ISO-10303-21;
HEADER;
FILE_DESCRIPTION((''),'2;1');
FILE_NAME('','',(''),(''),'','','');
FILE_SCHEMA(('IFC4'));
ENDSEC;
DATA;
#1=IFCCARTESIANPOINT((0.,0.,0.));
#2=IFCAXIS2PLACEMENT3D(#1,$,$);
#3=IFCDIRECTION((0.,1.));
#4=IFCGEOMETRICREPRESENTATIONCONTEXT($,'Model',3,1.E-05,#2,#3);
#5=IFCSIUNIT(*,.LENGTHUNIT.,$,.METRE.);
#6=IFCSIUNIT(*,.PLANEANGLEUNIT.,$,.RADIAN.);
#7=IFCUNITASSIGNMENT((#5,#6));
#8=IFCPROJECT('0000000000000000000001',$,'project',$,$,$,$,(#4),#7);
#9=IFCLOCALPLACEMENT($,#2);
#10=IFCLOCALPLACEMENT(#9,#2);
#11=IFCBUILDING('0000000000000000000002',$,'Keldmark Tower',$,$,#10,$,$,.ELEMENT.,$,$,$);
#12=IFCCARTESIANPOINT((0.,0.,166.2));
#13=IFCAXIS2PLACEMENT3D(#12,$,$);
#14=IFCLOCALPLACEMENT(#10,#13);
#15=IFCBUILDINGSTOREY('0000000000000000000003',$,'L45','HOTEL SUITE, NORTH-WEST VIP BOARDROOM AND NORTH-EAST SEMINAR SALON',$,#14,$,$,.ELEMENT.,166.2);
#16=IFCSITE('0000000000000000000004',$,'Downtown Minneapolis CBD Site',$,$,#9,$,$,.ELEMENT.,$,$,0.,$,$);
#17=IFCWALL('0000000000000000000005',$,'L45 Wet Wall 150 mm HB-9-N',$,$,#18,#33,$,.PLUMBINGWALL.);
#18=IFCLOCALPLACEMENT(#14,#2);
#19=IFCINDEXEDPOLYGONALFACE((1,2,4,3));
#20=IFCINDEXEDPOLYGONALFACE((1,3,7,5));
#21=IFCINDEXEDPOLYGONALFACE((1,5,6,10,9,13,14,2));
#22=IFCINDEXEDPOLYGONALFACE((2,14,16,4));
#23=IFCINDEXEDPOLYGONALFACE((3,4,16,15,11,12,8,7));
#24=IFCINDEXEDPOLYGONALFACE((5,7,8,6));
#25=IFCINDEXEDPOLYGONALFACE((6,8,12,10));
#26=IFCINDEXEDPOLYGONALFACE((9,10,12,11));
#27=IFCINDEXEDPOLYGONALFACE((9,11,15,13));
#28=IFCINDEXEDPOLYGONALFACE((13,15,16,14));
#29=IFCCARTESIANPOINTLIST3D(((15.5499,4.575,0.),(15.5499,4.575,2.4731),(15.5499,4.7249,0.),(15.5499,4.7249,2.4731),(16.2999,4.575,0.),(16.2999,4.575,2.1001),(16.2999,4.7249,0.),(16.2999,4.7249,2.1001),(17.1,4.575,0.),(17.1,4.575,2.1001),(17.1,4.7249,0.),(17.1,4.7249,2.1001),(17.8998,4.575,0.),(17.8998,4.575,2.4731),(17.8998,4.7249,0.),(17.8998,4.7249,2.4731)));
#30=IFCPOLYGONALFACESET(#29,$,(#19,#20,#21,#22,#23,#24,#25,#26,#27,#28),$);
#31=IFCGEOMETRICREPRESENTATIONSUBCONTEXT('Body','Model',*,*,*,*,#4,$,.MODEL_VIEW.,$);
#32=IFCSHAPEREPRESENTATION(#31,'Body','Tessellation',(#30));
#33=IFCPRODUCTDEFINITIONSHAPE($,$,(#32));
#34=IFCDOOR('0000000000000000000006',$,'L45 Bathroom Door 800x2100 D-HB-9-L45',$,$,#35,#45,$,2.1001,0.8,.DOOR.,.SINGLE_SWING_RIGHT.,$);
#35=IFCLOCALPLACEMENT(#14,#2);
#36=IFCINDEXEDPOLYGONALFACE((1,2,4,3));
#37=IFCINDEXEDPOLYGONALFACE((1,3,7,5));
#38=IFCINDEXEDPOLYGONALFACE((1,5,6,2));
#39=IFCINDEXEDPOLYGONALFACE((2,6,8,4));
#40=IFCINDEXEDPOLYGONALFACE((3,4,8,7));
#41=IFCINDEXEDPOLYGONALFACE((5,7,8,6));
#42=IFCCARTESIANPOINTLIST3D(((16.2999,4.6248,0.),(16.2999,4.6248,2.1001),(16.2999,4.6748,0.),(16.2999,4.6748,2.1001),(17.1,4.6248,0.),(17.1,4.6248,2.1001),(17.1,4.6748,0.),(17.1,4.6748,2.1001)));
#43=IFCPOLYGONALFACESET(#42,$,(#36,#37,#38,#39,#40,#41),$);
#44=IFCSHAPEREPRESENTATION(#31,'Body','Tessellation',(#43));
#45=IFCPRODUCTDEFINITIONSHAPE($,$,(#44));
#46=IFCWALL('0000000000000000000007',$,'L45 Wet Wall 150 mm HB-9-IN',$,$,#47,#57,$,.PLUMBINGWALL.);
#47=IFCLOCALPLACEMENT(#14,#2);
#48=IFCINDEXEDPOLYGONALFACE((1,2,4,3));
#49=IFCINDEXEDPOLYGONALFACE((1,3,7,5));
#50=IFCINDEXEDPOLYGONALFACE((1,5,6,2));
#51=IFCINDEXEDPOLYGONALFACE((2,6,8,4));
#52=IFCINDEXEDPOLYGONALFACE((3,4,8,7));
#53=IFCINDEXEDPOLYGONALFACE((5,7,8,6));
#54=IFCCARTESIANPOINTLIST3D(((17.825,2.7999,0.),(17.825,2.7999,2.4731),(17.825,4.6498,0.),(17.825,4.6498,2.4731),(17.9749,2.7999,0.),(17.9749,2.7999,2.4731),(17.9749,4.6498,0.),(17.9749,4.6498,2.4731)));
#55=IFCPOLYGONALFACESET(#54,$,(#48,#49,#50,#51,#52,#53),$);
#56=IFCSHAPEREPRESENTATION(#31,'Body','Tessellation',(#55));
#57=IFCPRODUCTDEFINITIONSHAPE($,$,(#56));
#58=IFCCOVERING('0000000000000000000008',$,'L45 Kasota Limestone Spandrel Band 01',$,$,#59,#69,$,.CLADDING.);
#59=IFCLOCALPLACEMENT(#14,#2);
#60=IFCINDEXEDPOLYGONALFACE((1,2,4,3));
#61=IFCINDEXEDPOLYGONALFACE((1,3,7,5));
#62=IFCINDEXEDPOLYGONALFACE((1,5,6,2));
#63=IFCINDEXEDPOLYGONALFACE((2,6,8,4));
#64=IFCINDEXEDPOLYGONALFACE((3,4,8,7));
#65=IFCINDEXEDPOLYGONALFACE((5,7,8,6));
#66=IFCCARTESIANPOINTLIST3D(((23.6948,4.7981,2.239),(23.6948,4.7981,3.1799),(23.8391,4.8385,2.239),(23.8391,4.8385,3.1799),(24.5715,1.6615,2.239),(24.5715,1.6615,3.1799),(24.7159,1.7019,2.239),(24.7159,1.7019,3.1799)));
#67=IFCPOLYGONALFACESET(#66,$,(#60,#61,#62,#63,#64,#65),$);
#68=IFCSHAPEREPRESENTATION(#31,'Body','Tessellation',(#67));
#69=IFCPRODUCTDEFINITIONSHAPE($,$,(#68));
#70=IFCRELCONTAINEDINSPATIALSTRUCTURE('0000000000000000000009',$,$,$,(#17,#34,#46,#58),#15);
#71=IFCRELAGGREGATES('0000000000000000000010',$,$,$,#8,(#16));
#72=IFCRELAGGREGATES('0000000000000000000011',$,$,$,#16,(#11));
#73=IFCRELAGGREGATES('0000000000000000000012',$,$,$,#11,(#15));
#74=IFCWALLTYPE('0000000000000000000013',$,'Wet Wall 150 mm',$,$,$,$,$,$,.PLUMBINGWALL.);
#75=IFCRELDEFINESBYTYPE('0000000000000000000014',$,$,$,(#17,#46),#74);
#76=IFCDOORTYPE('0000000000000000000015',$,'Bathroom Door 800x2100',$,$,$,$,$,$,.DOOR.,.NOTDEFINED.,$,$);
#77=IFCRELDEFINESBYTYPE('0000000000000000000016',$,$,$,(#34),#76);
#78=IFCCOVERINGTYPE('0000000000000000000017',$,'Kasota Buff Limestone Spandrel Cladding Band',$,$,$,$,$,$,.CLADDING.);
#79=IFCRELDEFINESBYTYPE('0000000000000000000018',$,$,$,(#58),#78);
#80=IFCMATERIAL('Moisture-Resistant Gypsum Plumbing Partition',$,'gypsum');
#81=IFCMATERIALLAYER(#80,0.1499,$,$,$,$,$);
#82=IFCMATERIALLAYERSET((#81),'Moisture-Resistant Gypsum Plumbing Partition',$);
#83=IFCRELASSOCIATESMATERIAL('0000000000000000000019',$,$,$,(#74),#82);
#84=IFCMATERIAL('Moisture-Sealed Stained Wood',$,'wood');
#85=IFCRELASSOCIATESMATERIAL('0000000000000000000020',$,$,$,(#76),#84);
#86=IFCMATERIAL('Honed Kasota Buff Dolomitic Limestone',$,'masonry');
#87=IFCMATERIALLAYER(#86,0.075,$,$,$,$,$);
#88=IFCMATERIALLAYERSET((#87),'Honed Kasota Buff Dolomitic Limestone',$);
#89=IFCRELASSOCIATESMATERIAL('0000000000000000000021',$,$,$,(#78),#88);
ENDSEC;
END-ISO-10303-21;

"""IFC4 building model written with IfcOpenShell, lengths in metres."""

from ifc_helpers import new_model, si_unit, direction, frame, frame_2d, origin, origin_2d, place, context, subcontext, project, spatial, rectangle, extrude, material, layer, layer_set, type_object, element, fill, save


model = new_model("IFC4")

# Units and contexts
model_context = context("Model", 3, precision=1e-05, world=origin(), true_north=direction((0.0, 1.0)))
body_context = subcontext(model_context, "Body", "Model", "MODEL_VIEW")
ifc_project = project(units=[si_unit("LENGTHUNIT", "METRE"), si_unit("PLANEANGLEUNIT", "RADIAN")], contexts=[model_context])

# Site, building, storey
site_placement = place(None, origin())
site = spatial("IfcSite", under=ifc_project, at=site_placement, Name="Downtown Minneapolis CBD Site", CompositionType="ELEMENT", RefElevation=0.0)
building_placement = place(site_placement, origin())
building = spatial("IfcBuilding", under=site, at=building_placement, Name="Keldmark Tower", CompositionType="ELEMENT")
storey_placement = place(building_placement, frame((0.0, 0.0, 166.2)))
storey = spatial("IfcBuildingStorey", under=building, at=storey_placement, Name="L45", Description="HOTEL SUITE, NORTH-WEST VIP BOARDROOM AND NORTH-EAST SEMINAR SALON", CompositionType="ELEMENT", Elevation=166.2)

# Shared definitions
ifc_material_1 = material(Name="Moisture-Resistant Gypsum Plumbing Partition", Category="gypsum")
ifc_layer_1 = layer(ifc_material_1, 0.1499)
ifc_layer_set_1 = layer_set([ifc_layer_1], Name="Moisture-Resistant Gypsum Plumbing Partition")
wall_type_1 = type_object("IfcWallType", Name="Wet Wall 150 mm", PredefinedType="PLUMBINGWALL", material=ifc_layer_set_1)

# Wall, opening, door
wall_1_placement = place(storey_placement, frame((15.55, 4.6499, 0.0), z_axis=(0.0, 0.0, 1.0), x_axis=(1.0, 0.0, 0.0)))
wall_1 = element("IfcWall", 1, at=wall_1_placement, inside=storey, type_object=wall_type_1, Name="L45 Wet Wall 150 mm HB-9-N", PredefinedType="PLUMBINGWALL", context=body_context, shape_type="SweptSolid", body=[
    extrude(rectangle(XDim=2.3499, YDim=0.1499, at=frame_2d((1.1748, 0.0))), origin(), (0.0, 0.0, 1.0), 2.4731),
])
opening_1_placement = place(wall_1_placement, frame((0.75, 0.0, 0.0)))
opening_1 = element("IfcOpeningElement", 2, at=opening_1_placement, cuts=wall_1, PredefinedType="OPENING", context=body_context, shape_type="SweptSolid", body=[
    extrude(rectangle(XDim=0.8, YDim=2.1001, at=frame_2d((0.3999, 1.05))), frame((0.0, 0.085, 0.0), z_axis=(0.0, -1.0, 0.0), x_axis=(1.0, 0.0, 0.0)), (0.0, 0.0, 1.0), 0.1699),
])
ifc_material_2 = material(Name="Moisture-Sealed Stained Wood", Category="wood")
door_type_1 = type_object("IfcDoorType", Name="Bathroom Door 800x2100", OperationType="NOTDEFINED", PredefinedType="DOOR", material=ifc_material_2)
door_1_placement = place(opening_1_placement, origin())
door_1 = element("IfcDoor", 3, at=door_1_placement, inside=storey, type_object=door_type_1, Name="L45 Bathroom Door 800x2100 D-HB-9-L45", OperationType="SINGLE_SWING_RIGHT", OverallHeight=2.1001, OverallWidth=0.8, PredefinedType="DOOR", context=body_context, shape_type="SweptSolid", body=[
    extrude(rectangle(XDim=0.8, YDim=2.1001, at=frame_2d((0.3999, 1.05))), frame((0.0, 0.0249, 0.0), z_axis=(0.0, -1.0, 0.0), x_axis=(1.0, 0.0, 0.0)), (0.0, 0.0, 1.0), 0.05),
])
fill(opening_1, door_1)

# Wall
wall_2_placement = place(storey_placement, frame((17.8999, 2.8, 0.0), z_axis=(0.0, 0.0, 1.0), x_axis=(0.0, 1.0, 0.0)))
element("IfcWall", 4, at=wall_2_placement, inside=storey, type_object=wall_type_1, Name="L45 Wet Wall 150 mm HB-9-IN", PredefinedType="PLUMBINGWALL", context=body_context, shape_type="SweptSolid", body=[
    extrude(rectangle(XDim=1.8499, YDim=0.1499, at=frame_2d((0.9248, 0.0))), origin(), (0.0, 0.0, 1.0), 2.4731),
])

# Covering
ifc_material_3 = material(Name="Honed Kasota Buff Dolomitic Limestone", Category="masonry")
ifc_layer_2 = layer(ifc_material_3, 0.075)
ifc_layer_set_2 = layer_set([ifc_layer_2], Name="Honed Kasota Buff Dolomitic Limestone")
covering_type = type_object("IfcCoveringType", Name="Kasota Buff Limestone Spandrel Cladding Band", PredefinedType="CLADDING", material=ifc_layer_set_2)
covering_placement = place(storey_placement, frame((24.2053, 3.25, 2.239), z_axis=(0.0, 0.0, 1.0), x_axis=(-0.269206, 0.963083, 0.0)))
element("IfcCovering", 5, at=covering_placement, inside=storey, type_object=covering_type, Name="L45 Kasota Limestone Spandrel Band 01", PredefinedType="CLADDING", context=body_context, shape_type="SweptSolid", body=[
    extrude(rectangle(XDim=3.2568, YDim=0.1499, at=origin_2d()), origin(), (0.0, 0.0, 1.0), 0.9409),
])

save(model, "model.ifc")
